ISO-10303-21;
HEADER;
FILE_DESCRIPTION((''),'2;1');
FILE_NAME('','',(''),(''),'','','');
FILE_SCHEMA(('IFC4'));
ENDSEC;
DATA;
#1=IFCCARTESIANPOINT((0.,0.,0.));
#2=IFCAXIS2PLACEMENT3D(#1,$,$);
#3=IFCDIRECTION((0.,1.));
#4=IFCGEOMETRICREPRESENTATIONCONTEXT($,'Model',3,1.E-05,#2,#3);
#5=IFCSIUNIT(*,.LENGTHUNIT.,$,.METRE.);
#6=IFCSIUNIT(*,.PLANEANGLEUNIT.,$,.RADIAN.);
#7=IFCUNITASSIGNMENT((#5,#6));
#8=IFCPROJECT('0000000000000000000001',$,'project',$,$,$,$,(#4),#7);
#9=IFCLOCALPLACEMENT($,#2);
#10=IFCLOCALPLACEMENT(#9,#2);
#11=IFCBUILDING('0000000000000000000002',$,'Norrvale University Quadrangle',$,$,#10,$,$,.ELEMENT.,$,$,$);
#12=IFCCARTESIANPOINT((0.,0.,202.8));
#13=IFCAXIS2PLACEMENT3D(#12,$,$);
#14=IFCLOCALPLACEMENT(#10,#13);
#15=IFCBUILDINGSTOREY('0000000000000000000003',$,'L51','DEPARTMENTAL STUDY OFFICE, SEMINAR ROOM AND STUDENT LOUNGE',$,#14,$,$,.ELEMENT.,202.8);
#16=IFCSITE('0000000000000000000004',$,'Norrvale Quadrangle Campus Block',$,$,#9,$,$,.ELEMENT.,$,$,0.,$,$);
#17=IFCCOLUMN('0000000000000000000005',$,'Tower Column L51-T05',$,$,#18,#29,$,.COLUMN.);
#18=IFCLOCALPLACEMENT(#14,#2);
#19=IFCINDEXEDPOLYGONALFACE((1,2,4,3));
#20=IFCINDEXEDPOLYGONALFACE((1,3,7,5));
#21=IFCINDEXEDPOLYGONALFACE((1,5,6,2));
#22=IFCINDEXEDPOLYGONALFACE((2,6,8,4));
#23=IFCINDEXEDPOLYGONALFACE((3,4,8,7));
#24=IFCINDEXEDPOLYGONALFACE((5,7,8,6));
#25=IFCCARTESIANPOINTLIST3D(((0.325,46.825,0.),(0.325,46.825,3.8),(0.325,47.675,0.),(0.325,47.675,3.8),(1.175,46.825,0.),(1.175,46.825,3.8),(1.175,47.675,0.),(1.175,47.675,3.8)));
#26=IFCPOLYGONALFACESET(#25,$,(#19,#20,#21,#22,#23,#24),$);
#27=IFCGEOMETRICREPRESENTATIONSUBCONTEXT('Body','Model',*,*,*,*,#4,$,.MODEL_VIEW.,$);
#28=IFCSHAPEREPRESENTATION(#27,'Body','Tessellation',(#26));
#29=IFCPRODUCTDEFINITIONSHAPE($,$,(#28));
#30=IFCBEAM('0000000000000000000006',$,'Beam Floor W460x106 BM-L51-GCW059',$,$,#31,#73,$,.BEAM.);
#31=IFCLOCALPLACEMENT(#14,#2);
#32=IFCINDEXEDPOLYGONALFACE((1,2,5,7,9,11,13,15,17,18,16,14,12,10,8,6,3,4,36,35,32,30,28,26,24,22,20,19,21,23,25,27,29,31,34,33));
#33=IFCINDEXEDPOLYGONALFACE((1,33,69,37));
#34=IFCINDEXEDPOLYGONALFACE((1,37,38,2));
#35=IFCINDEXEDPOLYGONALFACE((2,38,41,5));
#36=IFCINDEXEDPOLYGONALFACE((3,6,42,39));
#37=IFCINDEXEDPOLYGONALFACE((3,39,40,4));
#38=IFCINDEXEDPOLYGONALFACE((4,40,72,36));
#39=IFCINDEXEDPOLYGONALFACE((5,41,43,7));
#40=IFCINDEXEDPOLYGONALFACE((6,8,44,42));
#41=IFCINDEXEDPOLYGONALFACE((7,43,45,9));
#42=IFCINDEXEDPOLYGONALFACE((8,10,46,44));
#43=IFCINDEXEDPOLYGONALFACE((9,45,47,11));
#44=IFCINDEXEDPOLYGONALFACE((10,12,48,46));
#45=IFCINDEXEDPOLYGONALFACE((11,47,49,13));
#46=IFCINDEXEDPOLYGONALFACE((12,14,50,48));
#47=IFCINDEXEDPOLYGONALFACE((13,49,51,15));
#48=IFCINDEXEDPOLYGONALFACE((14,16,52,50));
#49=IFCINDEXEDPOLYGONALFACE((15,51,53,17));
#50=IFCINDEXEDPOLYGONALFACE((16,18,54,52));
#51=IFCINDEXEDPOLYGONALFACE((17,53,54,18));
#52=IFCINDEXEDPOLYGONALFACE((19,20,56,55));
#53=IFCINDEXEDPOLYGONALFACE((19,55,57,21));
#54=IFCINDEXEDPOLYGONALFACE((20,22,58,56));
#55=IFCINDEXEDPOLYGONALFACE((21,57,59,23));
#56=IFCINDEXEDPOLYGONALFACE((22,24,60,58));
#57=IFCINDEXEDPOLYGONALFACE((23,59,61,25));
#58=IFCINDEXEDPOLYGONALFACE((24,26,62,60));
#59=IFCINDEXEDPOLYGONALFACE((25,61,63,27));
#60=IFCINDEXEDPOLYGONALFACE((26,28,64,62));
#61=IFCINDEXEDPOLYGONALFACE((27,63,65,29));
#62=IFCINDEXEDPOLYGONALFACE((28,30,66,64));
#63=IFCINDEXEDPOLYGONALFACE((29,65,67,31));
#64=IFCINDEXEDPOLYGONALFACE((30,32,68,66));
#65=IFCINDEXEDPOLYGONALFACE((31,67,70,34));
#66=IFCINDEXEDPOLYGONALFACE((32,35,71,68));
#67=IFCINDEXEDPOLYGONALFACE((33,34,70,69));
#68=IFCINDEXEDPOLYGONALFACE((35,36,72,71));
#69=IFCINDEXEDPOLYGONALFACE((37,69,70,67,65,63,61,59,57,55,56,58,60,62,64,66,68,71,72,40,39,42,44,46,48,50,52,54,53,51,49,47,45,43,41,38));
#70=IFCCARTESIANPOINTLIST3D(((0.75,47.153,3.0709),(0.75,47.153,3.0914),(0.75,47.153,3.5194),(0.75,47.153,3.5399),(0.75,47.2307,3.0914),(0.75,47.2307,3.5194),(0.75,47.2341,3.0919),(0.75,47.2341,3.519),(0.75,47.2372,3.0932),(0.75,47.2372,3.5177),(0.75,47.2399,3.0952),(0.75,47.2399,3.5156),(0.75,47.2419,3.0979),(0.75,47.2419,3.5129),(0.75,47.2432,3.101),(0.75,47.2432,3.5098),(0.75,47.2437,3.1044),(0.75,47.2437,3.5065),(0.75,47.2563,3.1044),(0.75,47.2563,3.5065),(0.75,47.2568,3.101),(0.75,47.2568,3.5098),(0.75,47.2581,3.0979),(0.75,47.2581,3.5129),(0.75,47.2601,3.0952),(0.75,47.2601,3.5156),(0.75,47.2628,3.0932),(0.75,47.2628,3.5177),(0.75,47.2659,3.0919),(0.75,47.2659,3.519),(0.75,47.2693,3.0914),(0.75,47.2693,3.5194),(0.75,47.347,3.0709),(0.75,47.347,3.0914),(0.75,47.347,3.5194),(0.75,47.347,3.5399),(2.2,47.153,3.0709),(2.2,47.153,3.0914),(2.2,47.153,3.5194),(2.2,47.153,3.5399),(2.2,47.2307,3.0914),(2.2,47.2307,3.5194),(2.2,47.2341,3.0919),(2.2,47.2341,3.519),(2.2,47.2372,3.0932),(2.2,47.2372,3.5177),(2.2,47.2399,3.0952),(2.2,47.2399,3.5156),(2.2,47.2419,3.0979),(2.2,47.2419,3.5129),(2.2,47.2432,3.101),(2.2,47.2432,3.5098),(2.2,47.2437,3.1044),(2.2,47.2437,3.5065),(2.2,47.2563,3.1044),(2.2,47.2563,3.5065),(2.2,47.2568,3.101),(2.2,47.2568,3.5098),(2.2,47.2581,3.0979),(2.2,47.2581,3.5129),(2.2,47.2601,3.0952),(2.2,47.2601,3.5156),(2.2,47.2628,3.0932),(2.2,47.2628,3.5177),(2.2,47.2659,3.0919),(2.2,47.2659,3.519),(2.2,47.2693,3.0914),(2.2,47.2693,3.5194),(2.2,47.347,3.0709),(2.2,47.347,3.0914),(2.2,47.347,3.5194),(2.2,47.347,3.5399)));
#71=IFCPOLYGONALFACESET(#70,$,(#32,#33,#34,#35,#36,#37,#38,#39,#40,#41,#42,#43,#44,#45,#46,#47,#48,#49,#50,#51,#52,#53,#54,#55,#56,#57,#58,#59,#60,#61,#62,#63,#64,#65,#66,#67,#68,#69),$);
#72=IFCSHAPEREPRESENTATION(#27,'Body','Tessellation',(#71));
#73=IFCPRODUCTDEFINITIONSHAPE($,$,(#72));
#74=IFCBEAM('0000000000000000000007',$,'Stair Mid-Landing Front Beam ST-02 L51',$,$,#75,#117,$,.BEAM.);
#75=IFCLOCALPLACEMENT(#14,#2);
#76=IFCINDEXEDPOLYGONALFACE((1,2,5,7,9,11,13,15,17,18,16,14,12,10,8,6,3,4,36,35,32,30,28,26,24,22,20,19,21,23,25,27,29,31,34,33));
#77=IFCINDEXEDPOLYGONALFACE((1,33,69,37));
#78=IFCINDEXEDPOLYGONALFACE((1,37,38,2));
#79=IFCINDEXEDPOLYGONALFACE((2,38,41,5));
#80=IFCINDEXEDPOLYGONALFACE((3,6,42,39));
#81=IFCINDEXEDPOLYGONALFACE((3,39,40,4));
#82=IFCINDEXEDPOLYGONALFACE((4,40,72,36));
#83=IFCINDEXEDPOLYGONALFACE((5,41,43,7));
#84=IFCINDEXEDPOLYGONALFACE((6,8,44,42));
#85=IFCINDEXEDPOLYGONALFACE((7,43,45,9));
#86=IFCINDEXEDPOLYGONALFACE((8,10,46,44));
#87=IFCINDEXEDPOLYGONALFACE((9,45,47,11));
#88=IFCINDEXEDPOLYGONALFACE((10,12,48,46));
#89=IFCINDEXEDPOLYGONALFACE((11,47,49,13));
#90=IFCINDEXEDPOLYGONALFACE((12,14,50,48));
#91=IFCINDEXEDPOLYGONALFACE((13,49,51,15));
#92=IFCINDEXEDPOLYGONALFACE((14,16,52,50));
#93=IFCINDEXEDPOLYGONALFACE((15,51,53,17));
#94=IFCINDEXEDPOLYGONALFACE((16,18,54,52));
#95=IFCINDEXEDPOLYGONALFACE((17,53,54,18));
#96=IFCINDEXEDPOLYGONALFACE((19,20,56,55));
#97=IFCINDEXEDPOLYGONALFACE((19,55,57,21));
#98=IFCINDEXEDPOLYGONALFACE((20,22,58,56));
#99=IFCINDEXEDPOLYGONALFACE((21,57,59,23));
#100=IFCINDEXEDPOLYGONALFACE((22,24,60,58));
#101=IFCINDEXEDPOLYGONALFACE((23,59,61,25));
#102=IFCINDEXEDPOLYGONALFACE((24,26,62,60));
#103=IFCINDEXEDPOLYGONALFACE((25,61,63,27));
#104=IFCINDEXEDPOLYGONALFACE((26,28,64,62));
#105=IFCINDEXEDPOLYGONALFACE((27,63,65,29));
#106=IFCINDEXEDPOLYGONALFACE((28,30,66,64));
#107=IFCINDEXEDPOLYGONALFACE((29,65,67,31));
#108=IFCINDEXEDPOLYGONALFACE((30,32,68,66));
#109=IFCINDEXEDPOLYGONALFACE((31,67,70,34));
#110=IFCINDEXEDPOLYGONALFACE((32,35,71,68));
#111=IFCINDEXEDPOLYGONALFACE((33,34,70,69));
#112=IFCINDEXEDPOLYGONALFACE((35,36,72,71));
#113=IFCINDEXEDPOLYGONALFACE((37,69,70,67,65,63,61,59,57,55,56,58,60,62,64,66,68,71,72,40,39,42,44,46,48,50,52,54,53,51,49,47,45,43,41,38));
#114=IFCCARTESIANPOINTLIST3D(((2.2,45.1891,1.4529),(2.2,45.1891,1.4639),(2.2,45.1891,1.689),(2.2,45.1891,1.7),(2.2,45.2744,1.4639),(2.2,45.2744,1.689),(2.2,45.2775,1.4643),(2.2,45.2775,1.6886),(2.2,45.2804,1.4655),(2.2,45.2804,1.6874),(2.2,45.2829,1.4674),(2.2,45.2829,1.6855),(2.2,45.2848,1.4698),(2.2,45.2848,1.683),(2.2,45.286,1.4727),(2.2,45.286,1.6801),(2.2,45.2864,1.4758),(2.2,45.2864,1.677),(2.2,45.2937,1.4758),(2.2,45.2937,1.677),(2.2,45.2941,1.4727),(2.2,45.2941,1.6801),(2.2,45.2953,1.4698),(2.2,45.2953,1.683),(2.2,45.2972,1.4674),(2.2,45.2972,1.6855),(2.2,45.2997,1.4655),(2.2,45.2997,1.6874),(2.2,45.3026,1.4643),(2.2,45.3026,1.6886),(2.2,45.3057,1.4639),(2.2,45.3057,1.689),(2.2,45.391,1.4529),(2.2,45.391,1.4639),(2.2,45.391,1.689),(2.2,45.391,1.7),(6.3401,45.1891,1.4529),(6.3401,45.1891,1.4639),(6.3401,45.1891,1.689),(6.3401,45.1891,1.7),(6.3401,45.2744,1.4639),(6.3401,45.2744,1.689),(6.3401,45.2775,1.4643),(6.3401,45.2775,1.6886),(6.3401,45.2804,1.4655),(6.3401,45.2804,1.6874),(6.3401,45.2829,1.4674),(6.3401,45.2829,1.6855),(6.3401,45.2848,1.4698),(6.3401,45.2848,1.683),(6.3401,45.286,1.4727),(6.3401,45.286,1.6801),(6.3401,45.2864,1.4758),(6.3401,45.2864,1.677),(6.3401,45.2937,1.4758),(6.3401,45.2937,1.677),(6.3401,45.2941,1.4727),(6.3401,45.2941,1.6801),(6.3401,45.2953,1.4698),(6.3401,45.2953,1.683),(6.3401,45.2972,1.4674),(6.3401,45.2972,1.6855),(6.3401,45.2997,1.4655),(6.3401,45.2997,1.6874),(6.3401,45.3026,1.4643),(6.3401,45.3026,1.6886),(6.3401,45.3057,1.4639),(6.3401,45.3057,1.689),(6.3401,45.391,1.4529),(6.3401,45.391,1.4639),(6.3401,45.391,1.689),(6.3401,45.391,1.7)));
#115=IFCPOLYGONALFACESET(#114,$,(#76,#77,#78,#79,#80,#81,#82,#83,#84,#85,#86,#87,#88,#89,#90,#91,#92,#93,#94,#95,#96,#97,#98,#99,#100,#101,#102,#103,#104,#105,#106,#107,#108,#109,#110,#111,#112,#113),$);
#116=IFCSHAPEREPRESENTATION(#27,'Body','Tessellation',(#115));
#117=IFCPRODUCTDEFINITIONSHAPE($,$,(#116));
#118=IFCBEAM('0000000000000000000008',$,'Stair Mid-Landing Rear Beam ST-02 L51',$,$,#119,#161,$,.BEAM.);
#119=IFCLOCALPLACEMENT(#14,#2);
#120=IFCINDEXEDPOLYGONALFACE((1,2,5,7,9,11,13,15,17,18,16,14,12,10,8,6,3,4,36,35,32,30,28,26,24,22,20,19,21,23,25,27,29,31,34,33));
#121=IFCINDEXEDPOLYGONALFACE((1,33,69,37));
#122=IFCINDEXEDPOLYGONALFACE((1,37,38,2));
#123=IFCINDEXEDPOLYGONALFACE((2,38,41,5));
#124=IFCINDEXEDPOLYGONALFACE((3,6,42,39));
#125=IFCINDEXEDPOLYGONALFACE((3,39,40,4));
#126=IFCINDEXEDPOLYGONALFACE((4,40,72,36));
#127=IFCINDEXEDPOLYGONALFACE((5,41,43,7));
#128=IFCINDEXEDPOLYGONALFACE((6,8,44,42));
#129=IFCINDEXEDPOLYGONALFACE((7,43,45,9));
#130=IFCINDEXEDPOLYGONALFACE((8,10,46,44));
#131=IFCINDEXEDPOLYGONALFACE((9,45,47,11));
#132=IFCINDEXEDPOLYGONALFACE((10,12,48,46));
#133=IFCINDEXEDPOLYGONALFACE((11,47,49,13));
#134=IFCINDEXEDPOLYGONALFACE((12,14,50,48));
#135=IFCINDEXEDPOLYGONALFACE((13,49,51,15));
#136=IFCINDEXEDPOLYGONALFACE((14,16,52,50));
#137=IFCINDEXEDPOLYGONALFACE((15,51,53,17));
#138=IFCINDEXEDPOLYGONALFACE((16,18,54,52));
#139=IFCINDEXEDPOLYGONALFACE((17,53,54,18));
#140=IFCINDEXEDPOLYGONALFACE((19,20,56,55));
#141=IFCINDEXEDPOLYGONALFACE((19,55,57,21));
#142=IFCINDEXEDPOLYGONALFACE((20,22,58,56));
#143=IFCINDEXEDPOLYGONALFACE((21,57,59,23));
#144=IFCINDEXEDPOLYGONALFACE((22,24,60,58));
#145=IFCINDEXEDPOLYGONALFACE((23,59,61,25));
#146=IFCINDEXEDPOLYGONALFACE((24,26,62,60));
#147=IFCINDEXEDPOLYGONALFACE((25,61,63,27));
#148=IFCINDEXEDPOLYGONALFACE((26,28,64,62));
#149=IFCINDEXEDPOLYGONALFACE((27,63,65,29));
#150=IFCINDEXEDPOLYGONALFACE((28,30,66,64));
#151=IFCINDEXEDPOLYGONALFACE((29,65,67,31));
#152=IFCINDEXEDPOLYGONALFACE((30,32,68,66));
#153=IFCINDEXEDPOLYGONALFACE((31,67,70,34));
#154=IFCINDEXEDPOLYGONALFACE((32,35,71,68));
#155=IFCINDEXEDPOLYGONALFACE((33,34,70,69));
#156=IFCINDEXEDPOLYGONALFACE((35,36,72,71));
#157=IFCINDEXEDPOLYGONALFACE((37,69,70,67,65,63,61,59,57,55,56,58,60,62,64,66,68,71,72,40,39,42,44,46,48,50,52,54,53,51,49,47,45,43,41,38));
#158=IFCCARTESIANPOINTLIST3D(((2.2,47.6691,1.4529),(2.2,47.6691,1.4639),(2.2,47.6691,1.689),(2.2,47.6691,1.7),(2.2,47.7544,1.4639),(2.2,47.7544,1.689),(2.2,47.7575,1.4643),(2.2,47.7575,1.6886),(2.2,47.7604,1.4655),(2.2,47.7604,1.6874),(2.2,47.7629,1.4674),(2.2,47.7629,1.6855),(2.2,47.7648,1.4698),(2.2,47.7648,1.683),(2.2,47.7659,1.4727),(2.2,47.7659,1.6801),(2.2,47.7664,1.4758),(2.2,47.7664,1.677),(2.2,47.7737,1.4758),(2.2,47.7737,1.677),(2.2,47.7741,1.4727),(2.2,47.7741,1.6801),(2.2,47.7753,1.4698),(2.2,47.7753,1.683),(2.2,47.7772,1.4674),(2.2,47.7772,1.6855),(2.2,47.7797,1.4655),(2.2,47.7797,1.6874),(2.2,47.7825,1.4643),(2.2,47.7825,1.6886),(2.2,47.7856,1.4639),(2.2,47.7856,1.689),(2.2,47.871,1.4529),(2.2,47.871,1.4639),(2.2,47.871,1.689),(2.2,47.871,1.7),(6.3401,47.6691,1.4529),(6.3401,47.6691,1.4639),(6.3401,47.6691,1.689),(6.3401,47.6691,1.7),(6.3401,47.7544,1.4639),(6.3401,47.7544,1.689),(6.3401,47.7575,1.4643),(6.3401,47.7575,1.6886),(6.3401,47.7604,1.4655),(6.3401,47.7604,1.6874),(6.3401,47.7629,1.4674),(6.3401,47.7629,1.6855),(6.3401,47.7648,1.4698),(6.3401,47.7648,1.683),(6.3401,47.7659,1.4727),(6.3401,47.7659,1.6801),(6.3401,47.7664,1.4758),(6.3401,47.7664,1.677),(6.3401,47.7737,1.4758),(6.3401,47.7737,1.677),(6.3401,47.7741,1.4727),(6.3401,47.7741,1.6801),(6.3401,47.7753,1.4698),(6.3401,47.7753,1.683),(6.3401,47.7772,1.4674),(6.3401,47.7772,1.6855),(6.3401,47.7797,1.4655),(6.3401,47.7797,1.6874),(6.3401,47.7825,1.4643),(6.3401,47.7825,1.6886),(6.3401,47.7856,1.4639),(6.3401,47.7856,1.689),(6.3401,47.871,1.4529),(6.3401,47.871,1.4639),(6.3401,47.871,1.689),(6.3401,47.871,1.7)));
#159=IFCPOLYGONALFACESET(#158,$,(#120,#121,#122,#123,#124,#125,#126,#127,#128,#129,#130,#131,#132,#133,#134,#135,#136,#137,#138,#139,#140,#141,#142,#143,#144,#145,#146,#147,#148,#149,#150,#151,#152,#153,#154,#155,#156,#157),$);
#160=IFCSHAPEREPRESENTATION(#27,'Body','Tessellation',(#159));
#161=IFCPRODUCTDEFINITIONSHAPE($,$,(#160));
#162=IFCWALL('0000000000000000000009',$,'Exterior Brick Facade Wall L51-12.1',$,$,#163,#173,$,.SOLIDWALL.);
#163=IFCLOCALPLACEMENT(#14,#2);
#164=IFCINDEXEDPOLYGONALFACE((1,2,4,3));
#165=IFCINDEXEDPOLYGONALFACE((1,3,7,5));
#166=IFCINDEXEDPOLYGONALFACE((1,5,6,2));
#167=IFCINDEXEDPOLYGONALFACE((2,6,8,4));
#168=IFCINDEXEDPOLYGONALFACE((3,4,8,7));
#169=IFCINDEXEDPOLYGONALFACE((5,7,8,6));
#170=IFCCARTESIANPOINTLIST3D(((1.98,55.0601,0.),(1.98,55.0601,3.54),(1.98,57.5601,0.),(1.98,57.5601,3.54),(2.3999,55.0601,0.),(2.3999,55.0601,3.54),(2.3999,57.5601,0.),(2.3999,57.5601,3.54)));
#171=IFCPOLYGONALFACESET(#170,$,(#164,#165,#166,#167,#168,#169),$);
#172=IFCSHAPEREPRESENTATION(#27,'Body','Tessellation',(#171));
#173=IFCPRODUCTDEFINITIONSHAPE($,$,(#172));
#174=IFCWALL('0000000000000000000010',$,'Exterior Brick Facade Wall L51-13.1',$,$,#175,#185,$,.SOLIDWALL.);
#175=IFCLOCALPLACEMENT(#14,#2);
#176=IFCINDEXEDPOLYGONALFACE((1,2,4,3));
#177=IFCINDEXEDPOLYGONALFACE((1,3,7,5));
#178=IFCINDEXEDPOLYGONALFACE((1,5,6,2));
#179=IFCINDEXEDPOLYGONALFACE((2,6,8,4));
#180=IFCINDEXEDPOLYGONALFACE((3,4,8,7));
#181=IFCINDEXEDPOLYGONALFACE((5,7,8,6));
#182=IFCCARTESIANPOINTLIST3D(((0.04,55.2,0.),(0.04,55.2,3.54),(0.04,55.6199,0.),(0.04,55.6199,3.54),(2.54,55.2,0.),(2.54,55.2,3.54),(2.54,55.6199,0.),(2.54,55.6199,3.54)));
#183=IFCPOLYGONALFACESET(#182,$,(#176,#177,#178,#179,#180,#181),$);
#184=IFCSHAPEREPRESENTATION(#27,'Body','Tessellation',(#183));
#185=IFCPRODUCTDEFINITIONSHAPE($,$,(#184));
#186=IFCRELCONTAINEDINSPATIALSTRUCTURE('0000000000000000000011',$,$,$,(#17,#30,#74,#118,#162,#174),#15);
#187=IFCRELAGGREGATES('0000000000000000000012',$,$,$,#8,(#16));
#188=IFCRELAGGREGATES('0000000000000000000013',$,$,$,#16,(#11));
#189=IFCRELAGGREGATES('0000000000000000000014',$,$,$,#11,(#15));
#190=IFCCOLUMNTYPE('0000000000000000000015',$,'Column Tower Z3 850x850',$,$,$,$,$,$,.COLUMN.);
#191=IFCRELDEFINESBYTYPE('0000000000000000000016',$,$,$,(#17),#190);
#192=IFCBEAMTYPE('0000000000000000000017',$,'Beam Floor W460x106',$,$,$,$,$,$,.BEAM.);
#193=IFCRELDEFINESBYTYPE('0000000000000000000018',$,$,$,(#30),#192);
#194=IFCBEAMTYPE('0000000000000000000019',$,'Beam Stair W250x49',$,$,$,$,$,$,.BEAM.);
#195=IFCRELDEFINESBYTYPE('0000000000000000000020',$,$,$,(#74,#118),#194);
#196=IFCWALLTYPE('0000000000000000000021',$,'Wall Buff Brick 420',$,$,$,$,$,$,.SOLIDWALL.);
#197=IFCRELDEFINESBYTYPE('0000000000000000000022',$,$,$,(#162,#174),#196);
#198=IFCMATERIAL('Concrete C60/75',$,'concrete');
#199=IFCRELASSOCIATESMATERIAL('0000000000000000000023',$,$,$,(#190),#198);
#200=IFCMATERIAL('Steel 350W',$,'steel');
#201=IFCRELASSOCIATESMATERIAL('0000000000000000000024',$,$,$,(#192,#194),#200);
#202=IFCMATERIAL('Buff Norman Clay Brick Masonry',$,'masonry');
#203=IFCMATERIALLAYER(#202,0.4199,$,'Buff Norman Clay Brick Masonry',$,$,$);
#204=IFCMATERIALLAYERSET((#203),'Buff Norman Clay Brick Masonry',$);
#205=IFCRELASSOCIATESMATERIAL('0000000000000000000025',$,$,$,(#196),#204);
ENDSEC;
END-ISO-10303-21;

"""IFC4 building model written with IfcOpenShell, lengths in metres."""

from ifc_helpers import new_model, si_unit, direction, frame, frame_2d, origin, origin_2d, place, context, subcontext, project, spatial, rectangle, i_section, extrude, material, layer, layer_set, material_profile, profile_set, type_object, element, save


model = new_model("IFC4")

# Units and contexts
model_context = context("Model", 3, precision=1e-05, world=origin(), true_north=direction((0.0, 1.0)))
body_context = subcontext(model_context, "Body", "Model", "MODEL_VIEW")
ifc_project = project(units=[si_unit("LENGTHUNIT", "METRE"), si_unit("PLANEANGLEUNIT", "RADIAN")], contexts=[model_context])

# Site, building, storey
site_placement = place(None, origin())
site = spatial("IfcSite", under=ifc_project, at=site_placement, Name="Norrvale Quadrangle Campus Block", CompositionType="ELEMENT", RefElevation=0.0)
building_placement = place(site_placement, origin())
building = spatial("IfcBuilding", under=site, at=building_placement, Name="Norrvale University Quadrangle", CompositionType="ELEMENT")
storey_placement = place(building_placement, frame((0.0, 0.0, 202.8)))
storey = spatial("IfcBuildingStorey", under=building, at=storey_placement, Name="L51", Description="DEPARTMENTAL STUDY OFFICE, SEMINAR ROOM AND STUDENT LOUNGE", CompositionType="ELEMENT", Elevation=202.8)

# Column
ifc_material_1 = material(Name="Concrete C60/75", Category="concrete")
ifc_material_profile_1 = material_profile(ifc_material_1, rectangle(XDim=0.8501, YDim=0.8501, at=origin_2d()), Name="Concrete C60/75")
ifc_profile_set_1 = profile_set([ifc_material_profile_1], Name="Concrete C60/75")
column_type = type_object("IfcColumnType", Name="Column Tower Z3 850x850", PredefinedType="COLUMN", material=ifc_profile_set_1)
column_placement = place(storey_placement, frame((0.75, 47.25, 0.0), z_axis=(0.0, 0.0, 1.0), x_axis=(1.0, 0.0, 0.0)))
element("IfcColumn", 1, at=column_placement, inside=storey, type_object=column_type, Name="Tower Column L51-T05", PredefinedType="COLUMN", context=body_context, shape_type="SweptSolid", body=[
    extrude(rectangle(XDim=0.8501, YDim=0.8501, at=origin_2d()), origin(), (0.0, 0.0, 1.0), 3.8),
])

# Beams
ifc_material_2 = material(Name="Steel 350W", Category="steel")
ifc_material_profile_2 = material_profile(ifc_material_2, i_section(OverallWidth=0.1941, OverallDepth=0.469, WebThickness=0.0127, FlangeThickness=0.0205, FilletRadius=0.0129, at=origin_2d()), Name="Steel 350W")
ifc_profile_set_2 = profile_set([ifc_material_profile_2], Name="Steel 350W")
beam_type_1 = type_object("IfcBeamType", Name="Beam Floor W460x106", PredefinedType="BEAM", material=ifc_profile_set_2)
beam_placement = place(storey_placement, frame((0.75, 47.25, 3.3054), z_axis=(1.0, 0.0, 0.0), x_axis=(0.0, 1.0, 0.0)))
element("IfcBeam", 2, at=beam_placement, inside=storey, type_object=beam_type_1, Name="Beam Floor W460x106 BM-L51-GCW059", PredefinedType="BEAM", context=body_context, shape_type="SweptSolid", body=[
    extrude(i_section(OverallWidth=0.1941, OverallDepth=0.469, WebThickness=0.0127, FlangeThickness=0.0205, FilletRadius=0.0129, at=origin_2d()), origin(), (0.0, 0.0, 1.0), 1.45),
])
ifc_material_profile_3 = material_profile(ifc_material_2, i_section(OverallWidth=0.2019, OverallDepth=0.2471, WebThickness=0.0073, FlangeThickness=0.011, FilletRadius=0.012, at=origin_2d()), Name="Steel 350W")
ifc_profile_set_3 = profile_set([ifc_material_profile_3], Name="Steel 350W")
beam_type_2 = type_object("IfcBeamType", Name="Beam Stair W250x49", PredefinedType="BEAM", material=ifc_profile_set_3)
for number, where, z_axis, x_axis, name in (
    (3, (2.2, 45.29, 1.5764), (1.0, 0.0, 0.0), (0.0, 1.0, 0.0), "Stair Mid-Landing Front Beam ST-02 L51"),
    (4, (2.2, 47.77, 1.5764), (1.0, 0.0, 0.0), (0.0, 1.0, 0.0), "Stair Mid-Landing Rear Beam ST-02 L51"),
):
    element("IfcBeam", number, at=place(storey_placement, frame(where, z_axis=z_axis, x_axis=x_axis)), inside=storey, type_object=beam_type_2, Name=name, PredefinedType="BEAM", context=body_context, shape_type="SweptSolid", body=[
        extrude(i_section(OverallWidth=0.2019, OverallDepth=0.2471, WebThickness=0.0073, FlangeThickness=0.011, FilletRadius=0.012, at=origin_2d()), origin(), (0.0, 0.0, 1.0), 4.1401),
    ])

# Walls
ifc_material_3 = material(Name="Buff Norman Clay Brick Masonry", Category="masonry")
ifc_layer_1 = layer(ifc_material_3, 0.4199, Name="Buff Norman Clay Brick Masonry")
ifc_layer_set_1 = layer_set([ifc_layer_1], Name="Buff Norman Clay Brick Masonry")
wall_type_1 = type_object("IfcWallType", Name="Wall Buff Brick 420", PredefinedType="SOLIDWALL", material=ifc_layer_set_1)
for number, where, z_axis, x_axis, name in (
    (5, (2.1899, 57.5601, 0.0), (0.0, 0.0, 1.0), (0.0, -1.0, 0.0), "Exterior Brick Facade Wall L51-12.1"),
    (6, (2.54, 55.4099, 0.0), (0.0, 0.0, 1.0), (-1.0, 0.0, 0.0), "Exterior Brick Facade Wall L51-13.1"),
):
    element("IfcWall", number, at=place(storey_placement, frame(where, z_axis=z_axis, x_axis=x_axis)), inside=storey, type_object=wall_type_1, Name=name, PredefinedType="SOLIDWALL", context=body_context, shape_type="SweptSolid", body=[
        extrude(rectangle(XDim=2.5, YDim=0.4199, at=frame_2d((1.25, 0.0))), origin(), (0.0, 0.0, 1.0), 3.54),
    ])

save(model, "model.ifc")
